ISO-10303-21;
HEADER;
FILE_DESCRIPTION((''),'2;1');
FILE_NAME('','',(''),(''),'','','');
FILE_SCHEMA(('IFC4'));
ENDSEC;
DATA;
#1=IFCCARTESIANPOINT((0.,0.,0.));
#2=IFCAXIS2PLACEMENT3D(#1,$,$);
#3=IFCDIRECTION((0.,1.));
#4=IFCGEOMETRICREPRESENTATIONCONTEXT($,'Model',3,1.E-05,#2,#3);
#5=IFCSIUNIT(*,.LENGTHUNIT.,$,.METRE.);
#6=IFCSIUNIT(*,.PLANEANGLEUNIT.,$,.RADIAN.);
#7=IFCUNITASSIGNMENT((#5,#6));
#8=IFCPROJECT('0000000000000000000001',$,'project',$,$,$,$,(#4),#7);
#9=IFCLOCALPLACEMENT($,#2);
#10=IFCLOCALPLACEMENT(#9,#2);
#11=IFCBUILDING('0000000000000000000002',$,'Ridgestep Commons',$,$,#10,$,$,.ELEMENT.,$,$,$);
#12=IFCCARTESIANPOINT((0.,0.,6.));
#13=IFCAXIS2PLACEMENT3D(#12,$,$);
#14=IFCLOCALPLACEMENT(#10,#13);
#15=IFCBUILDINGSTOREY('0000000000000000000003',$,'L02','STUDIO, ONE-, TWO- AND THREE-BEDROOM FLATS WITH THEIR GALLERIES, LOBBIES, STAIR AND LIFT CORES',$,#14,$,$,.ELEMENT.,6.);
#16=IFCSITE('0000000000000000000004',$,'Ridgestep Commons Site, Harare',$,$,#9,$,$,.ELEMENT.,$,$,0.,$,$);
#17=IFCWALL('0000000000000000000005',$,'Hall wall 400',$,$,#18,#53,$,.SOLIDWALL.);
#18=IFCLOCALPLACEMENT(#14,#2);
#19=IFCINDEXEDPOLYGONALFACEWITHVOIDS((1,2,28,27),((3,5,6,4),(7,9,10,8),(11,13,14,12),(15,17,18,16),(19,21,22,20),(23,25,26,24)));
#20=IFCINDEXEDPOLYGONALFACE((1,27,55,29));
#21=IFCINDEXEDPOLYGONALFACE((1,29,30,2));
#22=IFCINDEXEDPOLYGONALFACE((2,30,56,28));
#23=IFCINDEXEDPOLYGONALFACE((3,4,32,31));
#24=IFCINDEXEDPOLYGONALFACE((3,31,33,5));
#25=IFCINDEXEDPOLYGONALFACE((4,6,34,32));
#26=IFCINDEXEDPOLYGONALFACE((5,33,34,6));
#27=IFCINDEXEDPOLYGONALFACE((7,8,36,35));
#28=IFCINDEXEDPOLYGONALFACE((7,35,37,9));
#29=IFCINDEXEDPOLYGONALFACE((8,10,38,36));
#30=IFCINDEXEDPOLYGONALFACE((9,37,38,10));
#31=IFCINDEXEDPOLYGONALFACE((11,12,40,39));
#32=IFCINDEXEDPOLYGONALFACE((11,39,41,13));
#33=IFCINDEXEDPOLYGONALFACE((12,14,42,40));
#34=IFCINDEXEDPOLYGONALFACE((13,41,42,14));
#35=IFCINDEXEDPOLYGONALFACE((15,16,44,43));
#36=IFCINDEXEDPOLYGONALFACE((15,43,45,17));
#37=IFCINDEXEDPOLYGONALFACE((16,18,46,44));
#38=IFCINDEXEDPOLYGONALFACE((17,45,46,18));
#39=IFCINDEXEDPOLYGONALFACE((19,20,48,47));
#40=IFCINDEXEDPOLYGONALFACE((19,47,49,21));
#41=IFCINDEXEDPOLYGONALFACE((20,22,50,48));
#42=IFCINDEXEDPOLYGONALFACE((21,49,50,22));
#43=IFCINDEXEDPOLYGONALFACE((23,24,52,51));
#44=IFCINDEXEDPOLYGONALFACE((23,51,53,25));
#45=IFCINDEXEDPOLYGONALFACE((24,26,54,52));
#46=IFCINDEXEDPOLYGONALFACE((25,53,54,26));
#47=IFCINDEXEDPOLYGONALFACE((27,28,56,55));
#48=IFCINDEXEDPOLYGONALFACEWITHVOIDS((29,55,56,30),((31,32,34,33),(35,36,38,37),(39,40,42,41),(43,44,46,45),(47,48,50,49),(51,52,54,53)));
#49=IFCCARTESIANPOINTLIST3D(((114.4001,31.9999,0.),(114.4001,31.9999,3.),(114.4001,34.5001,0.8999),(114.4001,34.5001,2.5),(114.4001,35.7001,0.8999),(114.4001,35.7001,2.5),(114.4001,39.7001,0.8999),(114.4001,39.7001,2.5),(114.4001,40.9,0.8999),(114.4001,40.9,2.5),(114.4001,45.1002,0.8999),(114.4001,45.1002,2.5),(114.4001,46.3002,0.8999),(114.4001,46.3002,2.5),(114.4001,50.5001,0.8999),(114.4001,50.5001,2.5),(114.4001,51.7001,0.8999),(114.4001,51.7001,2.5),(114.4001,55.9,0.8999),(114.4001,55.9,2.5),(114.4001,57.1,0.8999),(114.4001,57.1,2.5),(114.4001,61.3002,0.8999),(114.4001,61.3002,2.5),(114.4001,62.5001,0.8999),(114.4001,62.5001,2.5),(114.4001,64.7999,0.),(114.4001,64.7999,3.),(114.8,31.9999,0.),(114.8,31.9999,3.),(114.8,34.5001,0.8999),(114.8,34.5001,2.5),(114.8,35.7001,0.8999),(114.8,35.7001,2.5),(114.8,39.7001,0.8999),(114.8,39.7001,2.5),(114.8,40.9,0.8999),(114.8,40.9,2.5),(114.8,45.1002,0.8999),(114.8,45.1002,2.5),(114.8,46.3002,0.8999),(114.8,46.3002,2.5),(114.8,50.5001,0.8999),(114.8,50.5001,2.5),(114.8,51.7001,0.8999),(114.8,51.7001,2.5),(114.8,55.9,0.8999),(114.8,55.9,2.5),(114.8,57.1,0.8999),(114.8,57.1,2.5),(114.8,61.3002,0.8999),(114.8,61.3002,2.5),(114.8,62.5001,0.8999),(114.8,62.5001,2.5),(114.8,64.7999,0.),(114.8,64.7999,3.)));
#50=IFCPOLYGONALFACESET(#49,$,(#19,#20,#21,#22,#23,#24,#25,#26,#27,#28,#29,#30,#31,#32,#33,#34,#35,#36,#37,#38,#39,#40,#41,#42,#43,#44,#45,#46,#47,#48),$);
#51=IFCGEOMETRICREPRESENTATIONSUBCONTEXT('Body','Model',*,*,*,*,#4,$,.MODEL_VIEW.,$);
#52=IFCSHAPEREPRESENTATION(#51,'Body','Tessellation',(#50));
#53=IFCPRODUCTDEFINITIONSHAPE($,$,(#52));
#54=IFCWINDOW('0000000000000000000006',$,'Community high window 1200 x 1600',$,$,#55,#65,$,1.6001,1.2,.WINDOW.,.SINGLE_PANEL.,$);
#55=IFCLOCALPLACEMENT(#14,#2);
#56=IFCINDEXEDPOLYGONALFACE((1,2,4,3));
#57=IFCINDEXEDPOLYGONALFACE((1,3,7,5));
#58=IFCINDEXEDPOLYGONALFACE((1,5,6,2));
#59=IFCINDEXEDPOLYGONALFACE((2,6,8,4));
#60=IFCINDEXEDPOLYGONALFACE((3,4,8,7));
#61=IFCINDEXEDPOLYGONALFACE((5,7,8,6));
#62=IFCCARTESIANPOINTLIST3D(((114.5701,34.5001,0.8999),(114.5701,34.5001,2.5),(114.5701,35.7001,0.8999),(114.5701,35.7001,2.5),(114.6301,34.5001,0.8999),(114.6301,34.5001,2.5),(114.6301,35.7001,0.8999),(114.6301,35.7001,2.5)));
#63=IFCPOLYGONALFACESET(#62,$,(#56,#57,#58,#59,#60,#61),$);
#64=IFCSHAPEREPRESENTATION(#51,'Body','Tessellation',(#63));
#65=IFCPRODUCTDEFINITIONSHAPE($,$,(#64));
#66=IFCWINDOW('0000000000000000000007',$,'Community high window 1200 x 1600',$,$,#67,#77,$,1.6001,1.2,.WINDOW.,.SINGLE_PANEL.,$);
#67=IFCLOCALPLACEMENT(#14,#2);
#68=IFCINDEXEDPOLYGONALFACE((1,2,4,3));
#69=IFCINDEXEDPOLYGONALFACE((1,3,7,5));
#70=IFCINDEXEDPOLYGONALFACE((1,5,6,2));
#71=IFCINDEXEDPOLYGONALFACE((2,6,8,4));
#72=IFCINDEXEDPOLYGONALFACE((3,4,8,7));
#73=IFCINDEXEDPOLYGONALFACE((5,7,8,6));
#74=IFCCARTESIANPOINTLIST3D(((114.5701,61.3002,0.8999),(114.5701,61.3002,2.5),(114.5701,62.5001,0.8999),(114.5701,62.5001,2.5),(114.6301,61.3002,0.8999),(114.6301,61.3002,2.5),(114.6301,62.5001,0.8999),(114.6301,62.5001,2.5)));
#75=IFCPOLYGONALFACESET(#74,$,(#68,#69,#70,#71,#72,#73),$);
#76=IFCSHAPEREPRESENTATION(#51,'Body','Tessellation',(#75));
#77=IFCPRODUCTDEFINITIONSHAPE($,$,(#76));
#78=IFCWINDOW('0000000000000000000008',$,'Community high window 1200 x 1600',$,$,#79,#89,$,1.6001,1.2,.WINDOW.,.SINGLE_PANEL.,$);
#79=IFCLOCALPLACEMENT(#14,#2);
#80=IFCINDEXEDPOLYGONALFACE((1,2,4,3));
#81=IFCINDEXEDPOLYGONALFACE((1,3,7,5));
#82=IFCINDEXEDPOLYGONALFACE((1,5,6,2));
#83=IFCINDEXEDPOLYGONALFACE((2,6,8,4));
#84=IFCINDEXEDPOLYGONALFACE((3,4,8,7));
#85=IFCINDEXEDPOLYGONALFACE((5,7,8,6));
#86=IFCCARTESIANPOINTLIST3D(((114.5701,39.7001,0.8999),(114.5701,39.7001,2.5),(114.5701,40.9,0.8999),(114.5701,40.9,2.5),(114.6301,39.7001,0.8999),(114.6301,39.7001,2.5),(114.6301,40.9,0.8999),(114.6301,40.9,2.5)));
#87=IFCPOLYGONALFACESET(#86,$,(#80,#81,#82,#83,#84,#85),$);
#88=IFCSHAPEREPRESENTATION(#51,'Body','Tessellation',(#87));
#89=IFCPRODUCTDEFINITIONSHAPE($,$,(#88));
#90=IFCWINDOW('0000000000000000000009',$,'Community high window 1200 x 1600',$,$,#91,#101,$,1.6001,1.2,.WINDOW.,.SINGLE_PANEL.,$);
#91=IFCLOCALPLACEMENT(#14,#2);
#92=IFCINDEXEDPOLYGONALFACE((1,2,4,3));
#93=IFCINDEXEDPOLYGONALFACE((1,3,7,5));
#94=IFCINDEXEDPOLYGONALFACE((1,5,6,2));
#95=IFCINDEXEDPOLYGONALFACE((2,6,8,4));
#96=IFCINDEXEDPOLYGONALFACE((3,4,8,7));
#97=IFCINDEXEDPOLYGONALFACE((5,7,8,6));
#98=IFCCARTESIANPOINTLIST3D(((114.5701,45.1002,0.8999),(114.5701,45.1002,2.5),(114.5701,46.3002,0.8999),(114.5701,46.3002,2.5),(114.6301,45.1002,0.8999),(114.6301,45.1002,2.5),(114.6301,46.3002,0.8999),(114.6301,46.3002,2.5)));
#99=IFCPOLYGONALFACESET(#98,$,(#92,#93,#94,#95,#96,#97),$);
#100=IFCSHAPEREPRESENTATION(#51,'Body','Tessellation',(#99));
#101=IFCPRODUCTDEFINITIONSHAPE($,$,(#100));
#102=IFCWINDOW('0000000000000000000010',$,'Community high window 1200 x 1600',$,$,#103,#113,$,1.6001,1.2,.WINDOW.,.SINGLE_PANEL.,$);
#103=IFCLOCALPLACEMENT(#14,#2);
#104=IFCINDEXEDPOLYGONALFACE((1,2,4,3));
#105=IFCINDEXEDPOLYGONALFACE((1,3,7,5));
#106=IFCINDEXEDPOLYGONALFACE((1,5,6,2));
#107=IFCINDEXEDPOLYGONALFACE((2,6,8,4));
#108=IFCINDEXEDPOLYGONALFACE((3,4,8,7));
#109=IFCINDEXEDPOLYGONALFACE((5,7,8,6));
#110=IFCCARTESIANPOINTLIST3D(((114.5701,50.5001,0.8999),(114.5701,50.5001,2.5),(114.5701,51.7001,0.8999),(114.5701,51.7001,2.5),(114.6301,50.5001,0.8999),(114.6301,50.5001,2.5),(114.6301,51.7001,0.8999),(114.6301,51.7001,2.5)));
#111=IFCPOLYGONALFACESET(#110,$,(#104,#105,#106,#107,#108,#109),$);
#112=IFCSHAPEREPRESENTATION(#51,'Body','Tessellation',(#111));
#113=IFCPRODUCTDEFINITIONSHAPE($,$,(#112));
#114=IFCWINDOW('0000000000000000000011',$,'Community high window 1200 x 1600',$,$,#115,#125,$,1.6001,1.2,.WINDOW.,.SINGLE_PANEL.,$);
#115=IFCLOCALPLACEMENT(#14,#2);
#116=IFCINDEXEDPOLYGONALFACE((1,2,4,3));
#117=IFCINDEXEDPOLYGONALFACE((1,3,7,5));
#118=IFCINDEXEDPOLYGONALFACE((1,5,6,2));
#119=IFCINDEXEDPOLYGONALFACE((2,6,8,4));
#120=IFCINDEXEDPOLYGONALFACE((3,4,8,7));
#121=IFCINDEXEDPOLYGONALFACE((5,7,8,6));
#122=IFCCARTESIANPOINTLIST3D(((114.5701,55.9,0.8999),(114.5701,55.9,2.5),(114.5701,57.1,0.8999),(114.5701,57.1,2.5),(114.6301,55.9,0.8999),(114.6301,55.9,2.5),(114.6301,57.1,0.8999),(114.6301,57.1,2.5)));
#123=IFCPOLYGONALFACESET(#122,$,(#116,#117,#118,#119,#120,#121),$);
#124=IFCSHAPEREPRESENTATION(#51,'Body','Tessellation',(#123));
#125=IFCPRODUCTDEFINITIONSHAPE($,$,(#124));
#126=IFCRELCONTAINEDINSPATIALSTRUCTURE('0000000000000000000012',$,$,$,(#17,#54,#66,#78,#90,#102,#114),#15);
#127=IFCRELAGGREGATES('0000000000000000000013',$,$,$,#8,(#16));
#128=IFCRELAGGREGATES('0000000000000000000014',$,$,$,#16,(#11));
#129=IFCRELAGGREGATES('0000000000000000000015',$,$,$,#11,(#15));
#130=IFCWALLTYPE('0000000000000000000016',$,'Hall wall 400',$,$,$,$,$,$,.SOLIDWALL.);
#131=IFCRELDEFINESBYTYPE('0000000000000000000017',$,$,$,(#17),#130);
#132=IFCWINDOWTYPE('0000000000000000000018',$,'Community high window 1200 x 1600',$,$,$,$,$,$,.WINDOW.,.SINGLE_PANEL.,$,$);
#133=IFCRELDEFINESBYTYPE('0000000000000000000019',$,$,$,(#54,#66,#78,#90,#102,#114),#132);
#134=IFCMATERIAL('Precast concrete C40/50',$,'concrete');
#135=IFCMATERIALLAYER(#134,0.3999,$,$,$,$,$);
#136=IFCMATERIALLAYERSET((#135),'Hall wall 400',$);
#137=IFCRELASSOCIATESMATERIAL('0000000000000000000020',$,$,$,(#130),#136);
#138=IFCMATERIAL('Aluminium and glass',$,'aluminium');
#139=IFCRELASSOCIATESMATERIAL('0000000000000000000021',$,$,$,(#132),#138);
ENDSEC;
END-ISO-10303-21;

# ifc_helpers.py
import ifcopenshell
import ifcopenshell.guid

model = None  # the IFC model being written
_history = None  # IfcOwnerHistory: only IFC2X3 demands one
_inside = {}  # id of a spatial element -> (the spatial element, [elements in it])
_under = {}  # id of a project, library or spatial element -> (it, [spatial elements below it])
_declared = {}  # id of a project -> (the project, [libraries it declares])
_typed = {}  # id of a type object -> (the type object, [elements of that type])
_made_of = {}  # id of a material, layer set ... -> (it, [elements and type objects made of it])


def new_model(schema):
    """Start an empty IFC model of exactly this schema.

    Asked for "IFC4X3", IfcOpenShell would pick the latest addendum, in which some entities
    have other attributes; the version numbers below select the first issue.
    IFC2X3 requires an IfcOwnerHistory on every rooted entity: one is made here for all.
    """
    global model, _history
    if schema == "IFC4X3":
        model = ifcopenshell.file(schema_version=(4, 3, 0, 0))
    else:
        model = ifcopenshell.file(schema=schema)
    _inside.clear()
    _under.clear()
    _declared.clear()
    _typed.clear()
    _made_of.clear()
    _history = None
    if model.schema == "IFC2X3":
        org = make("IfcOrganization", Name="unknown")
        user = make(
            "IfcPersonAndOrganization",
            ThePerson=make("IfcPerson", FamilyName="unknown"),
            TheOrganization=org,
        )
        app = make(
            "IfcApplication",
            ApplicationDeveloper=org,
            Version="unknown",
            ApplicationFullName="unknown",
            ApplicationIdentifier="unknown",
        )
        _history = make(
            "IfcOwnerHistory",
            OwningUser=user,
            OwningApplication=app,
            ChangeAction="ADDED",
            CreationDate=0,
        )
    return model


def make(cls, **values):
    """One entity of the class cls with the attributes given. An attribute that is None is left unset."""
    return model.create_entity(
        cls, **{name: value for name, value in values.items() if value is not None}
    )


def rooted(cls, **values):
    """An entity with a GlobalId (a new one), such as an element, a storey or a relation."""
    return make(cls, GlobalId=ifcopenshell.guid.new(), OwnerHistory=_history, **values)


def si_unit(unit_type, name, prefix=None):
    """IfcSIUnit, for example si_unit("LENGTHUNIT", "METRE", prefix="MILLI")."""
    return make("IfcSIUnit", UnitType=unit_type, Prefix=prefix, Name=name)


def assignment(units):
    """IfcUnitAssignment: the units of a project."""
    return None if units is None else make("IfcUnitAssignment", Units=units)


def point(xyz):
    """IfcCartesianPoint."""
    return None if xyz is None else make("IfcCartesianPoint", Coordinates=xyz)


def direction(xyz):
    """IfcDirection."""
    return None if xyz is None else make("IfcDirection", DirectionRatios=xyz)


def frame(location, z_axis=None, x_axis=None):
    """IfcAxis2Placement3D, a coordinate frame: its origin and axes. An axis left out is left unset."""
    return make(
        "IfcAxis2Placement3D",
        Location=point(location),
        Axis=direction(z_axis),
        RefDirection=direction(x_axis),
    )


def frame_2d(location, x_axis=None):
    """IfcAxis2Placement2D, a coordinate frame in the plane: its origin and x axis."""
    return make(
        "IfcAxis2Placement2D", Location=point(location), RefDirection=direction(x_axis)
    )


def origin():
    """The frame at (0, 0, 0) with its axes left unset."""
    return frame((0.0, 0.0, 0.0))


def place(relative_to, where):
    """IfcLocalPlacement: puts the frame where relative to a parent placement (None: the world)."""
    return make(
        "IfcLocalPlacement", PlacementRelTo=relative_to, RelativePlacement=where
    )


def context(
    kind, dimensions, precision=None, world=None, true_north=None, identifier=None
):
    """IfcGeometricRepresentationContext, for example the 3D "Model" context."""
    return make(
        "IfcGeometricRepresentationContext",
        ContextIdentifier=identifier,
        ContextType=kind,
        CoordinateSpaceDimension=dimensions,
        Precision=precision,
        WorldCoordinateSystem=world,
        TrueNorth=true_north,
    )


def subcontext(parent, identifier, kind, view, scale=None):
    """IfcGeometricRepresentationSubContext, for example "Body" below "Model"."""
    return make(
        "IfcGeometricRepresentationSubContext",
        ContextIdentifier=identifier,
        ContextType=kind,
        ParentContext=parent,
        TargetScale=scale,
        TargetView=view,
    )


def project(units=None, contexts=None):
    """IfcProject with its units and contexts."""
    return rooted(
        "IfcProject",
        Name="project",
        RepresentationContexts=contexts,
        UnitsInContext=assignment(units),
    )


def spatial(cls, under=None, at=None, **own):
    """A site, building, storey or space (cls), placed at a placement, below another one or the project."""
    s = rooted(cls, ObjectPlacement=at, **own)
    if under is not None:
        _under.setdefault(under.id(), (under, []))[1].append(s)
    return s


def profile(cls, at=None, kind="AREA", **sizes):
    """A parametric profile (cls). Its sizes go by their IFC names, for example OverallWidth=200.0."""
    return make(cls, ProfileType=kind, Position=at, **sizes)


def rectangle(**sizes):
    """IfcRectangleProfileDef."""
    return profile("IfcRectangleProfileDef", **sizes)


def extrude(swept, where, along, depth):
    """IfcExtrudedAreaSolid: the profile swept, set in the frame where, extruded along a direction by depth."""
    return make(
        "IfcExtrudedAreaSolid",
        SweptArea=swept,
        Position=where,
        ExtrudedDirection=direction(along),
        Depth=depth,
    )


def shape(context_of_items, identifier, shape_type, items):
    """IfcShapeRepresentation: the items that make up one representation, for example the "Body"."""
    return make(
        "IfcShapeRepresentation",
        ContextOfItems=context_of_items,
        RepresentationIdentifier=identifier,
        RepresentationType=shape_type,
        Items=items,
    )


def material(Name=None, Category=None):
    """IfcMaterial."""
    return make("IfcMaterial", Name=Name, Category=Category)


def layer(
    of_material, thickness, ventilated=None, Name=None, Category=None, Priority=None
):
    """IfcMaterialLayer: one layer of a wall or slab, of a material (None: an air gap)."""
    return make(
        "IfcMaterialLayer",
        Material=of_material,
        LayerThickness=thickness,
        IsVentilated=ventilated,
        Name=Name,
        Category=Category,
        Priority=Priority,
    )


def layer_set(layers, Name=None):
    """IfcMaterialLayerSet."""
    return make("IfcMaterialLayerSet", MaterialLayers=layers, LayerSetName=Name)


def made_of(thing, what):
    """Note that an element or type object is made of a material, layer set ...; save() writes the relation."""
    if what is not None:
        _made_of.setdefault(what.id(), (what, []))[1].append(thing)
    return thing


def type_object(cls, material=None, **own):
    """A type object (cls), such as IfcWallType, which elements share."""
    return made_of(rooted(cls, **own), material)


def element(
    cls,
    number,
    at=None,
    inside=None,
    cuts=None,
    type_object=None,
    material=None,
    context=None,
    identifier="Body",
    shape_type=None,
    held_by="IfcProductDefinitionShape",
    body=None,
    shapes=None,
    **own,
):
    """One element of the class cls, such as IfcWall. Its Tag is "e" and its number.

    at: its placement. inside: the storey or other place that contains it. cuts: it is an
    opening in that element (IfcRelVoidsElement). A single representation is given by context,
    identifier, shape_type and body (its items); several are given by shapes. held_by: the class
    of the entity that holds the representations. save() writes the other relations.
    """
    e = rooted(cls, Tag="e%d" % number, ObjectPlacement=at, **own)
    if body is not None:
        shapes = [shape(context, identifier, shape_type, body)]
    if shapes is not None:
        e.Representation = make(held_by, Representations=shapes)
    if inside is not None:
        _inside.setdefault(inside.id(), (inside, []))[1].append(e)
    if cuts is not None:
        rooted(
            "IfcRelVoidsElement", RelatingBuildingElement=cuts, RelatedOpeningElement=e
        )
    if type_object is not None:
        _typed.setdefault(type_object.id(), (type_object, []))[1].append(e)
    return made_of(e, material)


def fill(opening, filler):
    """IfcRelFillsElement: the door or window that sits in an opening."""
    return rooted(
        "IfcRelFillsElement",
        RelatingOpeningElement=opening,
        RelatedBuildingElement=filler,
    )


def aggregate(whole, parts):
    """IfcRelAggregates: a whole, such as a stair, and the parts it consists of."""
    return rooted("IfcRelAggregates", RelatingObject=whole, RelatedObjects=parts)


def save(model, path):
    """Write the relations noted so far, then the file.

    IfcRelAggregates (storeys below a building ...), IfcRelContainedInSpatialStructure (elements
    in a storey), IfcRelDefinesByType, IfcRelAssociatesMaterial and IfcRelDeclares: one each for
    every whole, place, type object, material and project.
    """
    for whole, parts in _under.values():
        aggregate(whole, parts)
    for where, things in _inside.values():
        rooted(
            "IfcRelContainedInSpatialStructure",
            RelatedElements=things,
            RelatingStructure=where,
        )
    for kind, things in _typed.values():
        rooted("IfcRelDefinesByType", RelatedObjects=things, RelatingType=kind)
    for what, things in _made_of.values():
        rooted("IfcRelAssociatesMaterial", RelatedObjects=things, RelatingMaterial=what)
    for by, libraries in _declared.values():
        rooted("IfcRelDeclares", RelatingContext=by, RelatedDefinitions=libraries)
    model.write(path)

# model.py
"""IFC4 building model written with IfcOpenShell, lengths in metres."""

from ifc_helpers import new_model, si_unit, direction, frame, frame_2d, origin, place, context, subcontext, project, spatial, rectangle, extrude, material, layer, layer_set, type_object, element, fill, save


model = new_model("IFC4")

# Units and contexts
model_context = context("Model", 3, precision=1e-05, world=origin(), true_north=direction((0.0, 1.0)))
body_context = subcontext(model_context, "Body", "Model", "MODEL_VIEW")
ifc_project = project(units=[si_unit("LENGTHUNIT", "METRE"), si_unit("PLANEANGLEUNIT", "RADIAN")], contexts=[model_context])

# Site, building, storey
site_placement = place(None, origin())
site = spatial("IfcSite", under=ifc_project, at=site_placement, Name="Ridgestep Commons Site, Harare", CompositionType="ELEMENT", RefElevation=0.0)
building_placement = place(site_placement, origin())
building = spatial("IfcBuilding", under=site, at=building_placement, Name="Ridgestep Commons", CompositionType="ELEMENT")
storey_placement = place(building_placement, frame((0.0, 0.0, 6.0)))
storey = spatial("IfcBuildingStorey", under=building, at=storey_placement, Name="L02", Description="STUDIO, ONE-, TWO- AND THREE-BEDROOM FLATS WITH THEIR GALLERIES, LOBBIES, STAIR AND LIFT CORES", CompositionType="ELEMENT", Elevation=6.0)

# Wall, openings, windows
ifc_material_1 = material(Name="Precast concrete C40/50", Category="concrete")
ifc_layer_1 = layer(ifc_material_1, 0.3999)
ifc_layer_set_1 = layer_set([ifc_layer_1], Name="Hall wall 400")
wall_type_1 = type_object("IfcWallType", Name="Hall wall 400", PredefinedType="SOLIDWALL", material=ifc_layer_set_1)
wall_1_placement = place(storey_placement, frame((114.6001, 32.0, 0.0), z_axis=(0.0, 0.0, 1.0), x_axis=(0.0, 1.0, 0.0)))
wall_1 = element("IfcWall", 1, at=wall_1_placement, inside=storey, type_object=wall_type_1, Name="Hall wall 400", PredefinedType="SOLIDWALL", context=body_context, shape_type="SweptSolid", body=[
    extrude(rectangle(XDim=32.8, YDim=0.3999, at=frame_2d((16.3999, 0.0))), origin(), (0.0, 0.0, 1.0), 3.0),
])
opening_1_placement = place(wall_1_placement, frame((2.5, 0.0, 0.8999)))
opening_1 = element("IfcOpeningElement", 2, at=opening_1_placement, cuts=wall_1, PredefinedType="OPENING", context=body_context, shape_type="SweptSolid", body=[
    extrude(rectangle(XDim=1.2, YDim=1.6001, at=frame_2d((0.6001, 0.8))), frame((0.0, 0.21, 0.0), z_axis=(0.0, -1.0, 0.0), x_axis=(1.0, 0.0, 0.0)), (0.0, 0.0, 1.0), 0.4199),
])
opening_2_placement = place(wall_1_placement, frame((29.3, 0.0, 0.8999)))
opening_2 = element("IfcOpeningElement", 3, at=opening_2_placement, cuts=wall_1, PredefinedType="OPENING", context=body_context, shape_type="SweptSolid", body=[
    extrude(rectangle(XDim=1.2, YDim=1.6001, at=frame_2d((0.6001, 0.8))), frame((0.0, 0.21, 0.0), z_axis=(0.0, -1.0, 0.0), x_axis=(1.0, 0.0, 0.0)), (0.0, 0.0, 1.0), 0.4199),
])
opening_3_placement = place(wall_1_placement, frame((7.7, 0.0, 0.8999)))
opening_3 = element("IfcOpeningElement", 4, at=opening_3_placement, cuts=wall_1, PredefinedType="OPENING", context=body_context, shape_type="SweptSolid", body=[
    extrude(rectangle(XDim=1.2, YDim=1.6001, at=frame_2d((0.6001, 0.8))), frame((0.0, 0.21, 0.0), z_axis=(0.0, -1.0, 0.0), x_axis=(1.0, 0.0, 0.0)), (0.0, 0.0, 1.0), 0.4199),
])
opening_4_placement = place(wall_1_placement, frame((13.1001, 0.0, 0.8999)))
opening_4 = element("IfcOpeningElement", 5, at=opening_4_placement, cuts=wall_1, PredefinedType="OPENING", context=body_context, shape_type="SweptSolid", body=[
    extrude(rectangle(XDim=1.2, YDim=1.6001, at=frame_2d((0.6001, 0.8))), frame((0.0, 0.21, 0.0), z_axis=(0.0, -1.0, 0.0), x_axis=(1.0, 0.0, 0.0)), (0.0, 0.0, 1.0), 0.4199),
])
opening_5_placement = place(wall_1_placement, frame((18.5, 0.0, 0.8999)))
opening_5 = element("IfcOpeningElement", 6, at=opening_5_placement, cuts=wall_1, PredefinedType="OPENING", context=body_context, shape_type="SweptSolid", body=[
    extrude(rectangle(XDim=1.2, YDim=1.6001, at=frame_2d((0.6001, 0.8))), frame((0.0, 0.21, 0.0), z_axis=(0.0, -1.0, 0.0), x_axis=(1.0, 0.0, 0.0)), (0.0, 0.0, 1.0), 0.4199),
])
opening_6_placement = place(wall_1_placement, frame((23.8999, 0.0, 0.8999)))
opening_6 = element("IfcOpeningElement", 7, at=opening_6_placement, cuts=wall_1, PredefinedType="OPENING", context=body_context, shape_type="SweptSolid", body=[
    extrude(rectangle(XDim=1.2, YDim=1.6001, at=frame_2d((0.6001, 0.8))), frame((0.0, 0.21, 0.0), z_axis=(0.0, -1.0, 0.0), x_axis=(1.0, 0.0, 0.0)), (0.0, 0.0, 1.0), 0.4199),
])
ifc_material_2 = material(Name="Aluminium and glass", Category="aluminium")
window_type = type_object("IfcWindowType", Name="Community high window 1200 x 1600", PartitioningType="SINGLE_PANEL", PredefinedType="WINDOW", material=ifc_material_2)
window_1_placement = place(opening_1_placement, origin())
window_1 = element("IfcWindow", 8, at=window_1_placement, inside=storey, type_object=window_type, Name="Community high window 1200 x 1600", OverallHeight=1.6001, OverallWidth=1.2, PartitioningType="SINGLE_PANEL", PredefinedType="WINDOW", context=body_context, shape_type="SweptSolid", body=[
    extrude(rectangle(XDim=1.2, YDim=1.6001, at=frame_2d((0.6001, 0.8))), frame((0.0, 0.03, 0.0), z_axis=(0.0, -1.0, 0.0), x_axis=(1.0, 0.0, 0.0)), (0.0, 0.0, 1.0), 0.0601),
])
fill(opening_1, window_1)
window_2_placement = place(opening_2_placement, origin())
window_2 = element("IfcWindow", 9, at=window_2_placement, inside=storey, type_object=window_type, Name="Community high window 1200 x 1600", OverallHeight=1.6001, OverallWidth=1.2, PartitioningType="SINGLE_PANEL", PredefinedType="WINDOW", context=body_context, shape_type="SweptSolid", body=[
    extrude(rectangle(XDim=1.2, YDim=1.6001, at=frame_2d((0.6001, 0.8))), frame((0.0, 0.03, 0.0), z_axis=(0.0, -1.0, 0.0), x_axis=(1.0, 0.0, 0.0)), (0.0, 0.0, 1.0), 0.0601),
])
fill(opening_2, window_2)
window_3_placement = place(opening_3_placement, origin())
window_3 = element("IfcWindow", 10, at=window_3_placement, inside=storey, type_object=window_type, Name="Community high window 1200 x 1600", OverallHeight=1.6001, OverallWidth=1.2, PartitioningType="SINGLE_PANEL", PredefinedType="WINDOW", context=body_context, shape_type="SweptSolid", body=[
    extrude(rectangle(XDim=1.2, YDim=1.6001, at=frame_2d((0.6001, 0.8))), frame((0.0, 0.03, 0.0), z_axis=(0.0, -1.0, 0.0), x_axis=(1.0, 0.0, 0.0)), (0.0, 0.0, 1.0), 0.0601),
])
fill(opening_3, window_3)
window_4_placement = place(opening_4_placement, origin())
window_4 = element("IfcWindow", 11, at=window_4_placement, inside=storey, type_object=window_type, Name="Community high window 1200 x 1600", OverallHeight=1.6001, OverallWidth=1.2, PartitioningType="SINGLE_PANEL", PredefinedType="WINDOW", context=body_context, shape_type="SweptSolid", body=[
    extrude(rectangle(XDim=1.2, YDim=1.6001, at=frame_2d((0.6001, 0.8))), frame((0.0, 0.03, 0.0), z_axis=(0.0, -1.0, 0.0), x_axis=(1.0, 0.0, 0.0)), (0.0, 0.0, 1.0), 0.0601),
])
fill(opening_4, window_4)
window_5_placement = place(opening_5_placement, origin())
window_5 = element("IfcWindow", 12, at=window_5_placement, inside=storey, type_object=window_type, Name="Community high window 1200 x 1600", OverallHeight=1.6001, OverallWidth=1.2, PartitioningType="SINGLE_PANEL", PredefinedType="WINDOW", context=body_context, shape_type="SweptSolid", body=[
    extrude(rectangle(XDim=1.2, YDim=1.6001, at=frame_2d((0.6001, 0.8))), frame((0.0, 0.03, 0.0), z_axis=(0.0, -1.0, 0.0), x_axis=(1.0, 0.0, 0.0)), (0.0, 0.0, 1.0), 0.0601),
])
fill(opening_5, window_5)
window_6_placement = place(opening_6_placement, origin())
window_6 = element("IfcWindow", 13, at=window_6_placement, inside=storey, type_object=window_type, Name="Community high window 1200 x 1600", OverallHeight=1.6001, OverallWidth=1.2, PartitioningType="SINGLE_PANEL", PredefinedType="WINDOW", context=body_context, shape_type="SweptSolid", body=[
    extrude(rectangle(XDim=1.2, YDim=1.6001, at=frame_2d((0.6001, 0.8))), frame((0.0, 0.03, 0.0), z_axis=(0.0, -1.0, 0.0), x_axis=(1.0, 0.0, 0.0)), (0.0, 0.0, 1.0), 0.0601),
])
fill(opening_6, window_6)

save(model, "model.ifc")
